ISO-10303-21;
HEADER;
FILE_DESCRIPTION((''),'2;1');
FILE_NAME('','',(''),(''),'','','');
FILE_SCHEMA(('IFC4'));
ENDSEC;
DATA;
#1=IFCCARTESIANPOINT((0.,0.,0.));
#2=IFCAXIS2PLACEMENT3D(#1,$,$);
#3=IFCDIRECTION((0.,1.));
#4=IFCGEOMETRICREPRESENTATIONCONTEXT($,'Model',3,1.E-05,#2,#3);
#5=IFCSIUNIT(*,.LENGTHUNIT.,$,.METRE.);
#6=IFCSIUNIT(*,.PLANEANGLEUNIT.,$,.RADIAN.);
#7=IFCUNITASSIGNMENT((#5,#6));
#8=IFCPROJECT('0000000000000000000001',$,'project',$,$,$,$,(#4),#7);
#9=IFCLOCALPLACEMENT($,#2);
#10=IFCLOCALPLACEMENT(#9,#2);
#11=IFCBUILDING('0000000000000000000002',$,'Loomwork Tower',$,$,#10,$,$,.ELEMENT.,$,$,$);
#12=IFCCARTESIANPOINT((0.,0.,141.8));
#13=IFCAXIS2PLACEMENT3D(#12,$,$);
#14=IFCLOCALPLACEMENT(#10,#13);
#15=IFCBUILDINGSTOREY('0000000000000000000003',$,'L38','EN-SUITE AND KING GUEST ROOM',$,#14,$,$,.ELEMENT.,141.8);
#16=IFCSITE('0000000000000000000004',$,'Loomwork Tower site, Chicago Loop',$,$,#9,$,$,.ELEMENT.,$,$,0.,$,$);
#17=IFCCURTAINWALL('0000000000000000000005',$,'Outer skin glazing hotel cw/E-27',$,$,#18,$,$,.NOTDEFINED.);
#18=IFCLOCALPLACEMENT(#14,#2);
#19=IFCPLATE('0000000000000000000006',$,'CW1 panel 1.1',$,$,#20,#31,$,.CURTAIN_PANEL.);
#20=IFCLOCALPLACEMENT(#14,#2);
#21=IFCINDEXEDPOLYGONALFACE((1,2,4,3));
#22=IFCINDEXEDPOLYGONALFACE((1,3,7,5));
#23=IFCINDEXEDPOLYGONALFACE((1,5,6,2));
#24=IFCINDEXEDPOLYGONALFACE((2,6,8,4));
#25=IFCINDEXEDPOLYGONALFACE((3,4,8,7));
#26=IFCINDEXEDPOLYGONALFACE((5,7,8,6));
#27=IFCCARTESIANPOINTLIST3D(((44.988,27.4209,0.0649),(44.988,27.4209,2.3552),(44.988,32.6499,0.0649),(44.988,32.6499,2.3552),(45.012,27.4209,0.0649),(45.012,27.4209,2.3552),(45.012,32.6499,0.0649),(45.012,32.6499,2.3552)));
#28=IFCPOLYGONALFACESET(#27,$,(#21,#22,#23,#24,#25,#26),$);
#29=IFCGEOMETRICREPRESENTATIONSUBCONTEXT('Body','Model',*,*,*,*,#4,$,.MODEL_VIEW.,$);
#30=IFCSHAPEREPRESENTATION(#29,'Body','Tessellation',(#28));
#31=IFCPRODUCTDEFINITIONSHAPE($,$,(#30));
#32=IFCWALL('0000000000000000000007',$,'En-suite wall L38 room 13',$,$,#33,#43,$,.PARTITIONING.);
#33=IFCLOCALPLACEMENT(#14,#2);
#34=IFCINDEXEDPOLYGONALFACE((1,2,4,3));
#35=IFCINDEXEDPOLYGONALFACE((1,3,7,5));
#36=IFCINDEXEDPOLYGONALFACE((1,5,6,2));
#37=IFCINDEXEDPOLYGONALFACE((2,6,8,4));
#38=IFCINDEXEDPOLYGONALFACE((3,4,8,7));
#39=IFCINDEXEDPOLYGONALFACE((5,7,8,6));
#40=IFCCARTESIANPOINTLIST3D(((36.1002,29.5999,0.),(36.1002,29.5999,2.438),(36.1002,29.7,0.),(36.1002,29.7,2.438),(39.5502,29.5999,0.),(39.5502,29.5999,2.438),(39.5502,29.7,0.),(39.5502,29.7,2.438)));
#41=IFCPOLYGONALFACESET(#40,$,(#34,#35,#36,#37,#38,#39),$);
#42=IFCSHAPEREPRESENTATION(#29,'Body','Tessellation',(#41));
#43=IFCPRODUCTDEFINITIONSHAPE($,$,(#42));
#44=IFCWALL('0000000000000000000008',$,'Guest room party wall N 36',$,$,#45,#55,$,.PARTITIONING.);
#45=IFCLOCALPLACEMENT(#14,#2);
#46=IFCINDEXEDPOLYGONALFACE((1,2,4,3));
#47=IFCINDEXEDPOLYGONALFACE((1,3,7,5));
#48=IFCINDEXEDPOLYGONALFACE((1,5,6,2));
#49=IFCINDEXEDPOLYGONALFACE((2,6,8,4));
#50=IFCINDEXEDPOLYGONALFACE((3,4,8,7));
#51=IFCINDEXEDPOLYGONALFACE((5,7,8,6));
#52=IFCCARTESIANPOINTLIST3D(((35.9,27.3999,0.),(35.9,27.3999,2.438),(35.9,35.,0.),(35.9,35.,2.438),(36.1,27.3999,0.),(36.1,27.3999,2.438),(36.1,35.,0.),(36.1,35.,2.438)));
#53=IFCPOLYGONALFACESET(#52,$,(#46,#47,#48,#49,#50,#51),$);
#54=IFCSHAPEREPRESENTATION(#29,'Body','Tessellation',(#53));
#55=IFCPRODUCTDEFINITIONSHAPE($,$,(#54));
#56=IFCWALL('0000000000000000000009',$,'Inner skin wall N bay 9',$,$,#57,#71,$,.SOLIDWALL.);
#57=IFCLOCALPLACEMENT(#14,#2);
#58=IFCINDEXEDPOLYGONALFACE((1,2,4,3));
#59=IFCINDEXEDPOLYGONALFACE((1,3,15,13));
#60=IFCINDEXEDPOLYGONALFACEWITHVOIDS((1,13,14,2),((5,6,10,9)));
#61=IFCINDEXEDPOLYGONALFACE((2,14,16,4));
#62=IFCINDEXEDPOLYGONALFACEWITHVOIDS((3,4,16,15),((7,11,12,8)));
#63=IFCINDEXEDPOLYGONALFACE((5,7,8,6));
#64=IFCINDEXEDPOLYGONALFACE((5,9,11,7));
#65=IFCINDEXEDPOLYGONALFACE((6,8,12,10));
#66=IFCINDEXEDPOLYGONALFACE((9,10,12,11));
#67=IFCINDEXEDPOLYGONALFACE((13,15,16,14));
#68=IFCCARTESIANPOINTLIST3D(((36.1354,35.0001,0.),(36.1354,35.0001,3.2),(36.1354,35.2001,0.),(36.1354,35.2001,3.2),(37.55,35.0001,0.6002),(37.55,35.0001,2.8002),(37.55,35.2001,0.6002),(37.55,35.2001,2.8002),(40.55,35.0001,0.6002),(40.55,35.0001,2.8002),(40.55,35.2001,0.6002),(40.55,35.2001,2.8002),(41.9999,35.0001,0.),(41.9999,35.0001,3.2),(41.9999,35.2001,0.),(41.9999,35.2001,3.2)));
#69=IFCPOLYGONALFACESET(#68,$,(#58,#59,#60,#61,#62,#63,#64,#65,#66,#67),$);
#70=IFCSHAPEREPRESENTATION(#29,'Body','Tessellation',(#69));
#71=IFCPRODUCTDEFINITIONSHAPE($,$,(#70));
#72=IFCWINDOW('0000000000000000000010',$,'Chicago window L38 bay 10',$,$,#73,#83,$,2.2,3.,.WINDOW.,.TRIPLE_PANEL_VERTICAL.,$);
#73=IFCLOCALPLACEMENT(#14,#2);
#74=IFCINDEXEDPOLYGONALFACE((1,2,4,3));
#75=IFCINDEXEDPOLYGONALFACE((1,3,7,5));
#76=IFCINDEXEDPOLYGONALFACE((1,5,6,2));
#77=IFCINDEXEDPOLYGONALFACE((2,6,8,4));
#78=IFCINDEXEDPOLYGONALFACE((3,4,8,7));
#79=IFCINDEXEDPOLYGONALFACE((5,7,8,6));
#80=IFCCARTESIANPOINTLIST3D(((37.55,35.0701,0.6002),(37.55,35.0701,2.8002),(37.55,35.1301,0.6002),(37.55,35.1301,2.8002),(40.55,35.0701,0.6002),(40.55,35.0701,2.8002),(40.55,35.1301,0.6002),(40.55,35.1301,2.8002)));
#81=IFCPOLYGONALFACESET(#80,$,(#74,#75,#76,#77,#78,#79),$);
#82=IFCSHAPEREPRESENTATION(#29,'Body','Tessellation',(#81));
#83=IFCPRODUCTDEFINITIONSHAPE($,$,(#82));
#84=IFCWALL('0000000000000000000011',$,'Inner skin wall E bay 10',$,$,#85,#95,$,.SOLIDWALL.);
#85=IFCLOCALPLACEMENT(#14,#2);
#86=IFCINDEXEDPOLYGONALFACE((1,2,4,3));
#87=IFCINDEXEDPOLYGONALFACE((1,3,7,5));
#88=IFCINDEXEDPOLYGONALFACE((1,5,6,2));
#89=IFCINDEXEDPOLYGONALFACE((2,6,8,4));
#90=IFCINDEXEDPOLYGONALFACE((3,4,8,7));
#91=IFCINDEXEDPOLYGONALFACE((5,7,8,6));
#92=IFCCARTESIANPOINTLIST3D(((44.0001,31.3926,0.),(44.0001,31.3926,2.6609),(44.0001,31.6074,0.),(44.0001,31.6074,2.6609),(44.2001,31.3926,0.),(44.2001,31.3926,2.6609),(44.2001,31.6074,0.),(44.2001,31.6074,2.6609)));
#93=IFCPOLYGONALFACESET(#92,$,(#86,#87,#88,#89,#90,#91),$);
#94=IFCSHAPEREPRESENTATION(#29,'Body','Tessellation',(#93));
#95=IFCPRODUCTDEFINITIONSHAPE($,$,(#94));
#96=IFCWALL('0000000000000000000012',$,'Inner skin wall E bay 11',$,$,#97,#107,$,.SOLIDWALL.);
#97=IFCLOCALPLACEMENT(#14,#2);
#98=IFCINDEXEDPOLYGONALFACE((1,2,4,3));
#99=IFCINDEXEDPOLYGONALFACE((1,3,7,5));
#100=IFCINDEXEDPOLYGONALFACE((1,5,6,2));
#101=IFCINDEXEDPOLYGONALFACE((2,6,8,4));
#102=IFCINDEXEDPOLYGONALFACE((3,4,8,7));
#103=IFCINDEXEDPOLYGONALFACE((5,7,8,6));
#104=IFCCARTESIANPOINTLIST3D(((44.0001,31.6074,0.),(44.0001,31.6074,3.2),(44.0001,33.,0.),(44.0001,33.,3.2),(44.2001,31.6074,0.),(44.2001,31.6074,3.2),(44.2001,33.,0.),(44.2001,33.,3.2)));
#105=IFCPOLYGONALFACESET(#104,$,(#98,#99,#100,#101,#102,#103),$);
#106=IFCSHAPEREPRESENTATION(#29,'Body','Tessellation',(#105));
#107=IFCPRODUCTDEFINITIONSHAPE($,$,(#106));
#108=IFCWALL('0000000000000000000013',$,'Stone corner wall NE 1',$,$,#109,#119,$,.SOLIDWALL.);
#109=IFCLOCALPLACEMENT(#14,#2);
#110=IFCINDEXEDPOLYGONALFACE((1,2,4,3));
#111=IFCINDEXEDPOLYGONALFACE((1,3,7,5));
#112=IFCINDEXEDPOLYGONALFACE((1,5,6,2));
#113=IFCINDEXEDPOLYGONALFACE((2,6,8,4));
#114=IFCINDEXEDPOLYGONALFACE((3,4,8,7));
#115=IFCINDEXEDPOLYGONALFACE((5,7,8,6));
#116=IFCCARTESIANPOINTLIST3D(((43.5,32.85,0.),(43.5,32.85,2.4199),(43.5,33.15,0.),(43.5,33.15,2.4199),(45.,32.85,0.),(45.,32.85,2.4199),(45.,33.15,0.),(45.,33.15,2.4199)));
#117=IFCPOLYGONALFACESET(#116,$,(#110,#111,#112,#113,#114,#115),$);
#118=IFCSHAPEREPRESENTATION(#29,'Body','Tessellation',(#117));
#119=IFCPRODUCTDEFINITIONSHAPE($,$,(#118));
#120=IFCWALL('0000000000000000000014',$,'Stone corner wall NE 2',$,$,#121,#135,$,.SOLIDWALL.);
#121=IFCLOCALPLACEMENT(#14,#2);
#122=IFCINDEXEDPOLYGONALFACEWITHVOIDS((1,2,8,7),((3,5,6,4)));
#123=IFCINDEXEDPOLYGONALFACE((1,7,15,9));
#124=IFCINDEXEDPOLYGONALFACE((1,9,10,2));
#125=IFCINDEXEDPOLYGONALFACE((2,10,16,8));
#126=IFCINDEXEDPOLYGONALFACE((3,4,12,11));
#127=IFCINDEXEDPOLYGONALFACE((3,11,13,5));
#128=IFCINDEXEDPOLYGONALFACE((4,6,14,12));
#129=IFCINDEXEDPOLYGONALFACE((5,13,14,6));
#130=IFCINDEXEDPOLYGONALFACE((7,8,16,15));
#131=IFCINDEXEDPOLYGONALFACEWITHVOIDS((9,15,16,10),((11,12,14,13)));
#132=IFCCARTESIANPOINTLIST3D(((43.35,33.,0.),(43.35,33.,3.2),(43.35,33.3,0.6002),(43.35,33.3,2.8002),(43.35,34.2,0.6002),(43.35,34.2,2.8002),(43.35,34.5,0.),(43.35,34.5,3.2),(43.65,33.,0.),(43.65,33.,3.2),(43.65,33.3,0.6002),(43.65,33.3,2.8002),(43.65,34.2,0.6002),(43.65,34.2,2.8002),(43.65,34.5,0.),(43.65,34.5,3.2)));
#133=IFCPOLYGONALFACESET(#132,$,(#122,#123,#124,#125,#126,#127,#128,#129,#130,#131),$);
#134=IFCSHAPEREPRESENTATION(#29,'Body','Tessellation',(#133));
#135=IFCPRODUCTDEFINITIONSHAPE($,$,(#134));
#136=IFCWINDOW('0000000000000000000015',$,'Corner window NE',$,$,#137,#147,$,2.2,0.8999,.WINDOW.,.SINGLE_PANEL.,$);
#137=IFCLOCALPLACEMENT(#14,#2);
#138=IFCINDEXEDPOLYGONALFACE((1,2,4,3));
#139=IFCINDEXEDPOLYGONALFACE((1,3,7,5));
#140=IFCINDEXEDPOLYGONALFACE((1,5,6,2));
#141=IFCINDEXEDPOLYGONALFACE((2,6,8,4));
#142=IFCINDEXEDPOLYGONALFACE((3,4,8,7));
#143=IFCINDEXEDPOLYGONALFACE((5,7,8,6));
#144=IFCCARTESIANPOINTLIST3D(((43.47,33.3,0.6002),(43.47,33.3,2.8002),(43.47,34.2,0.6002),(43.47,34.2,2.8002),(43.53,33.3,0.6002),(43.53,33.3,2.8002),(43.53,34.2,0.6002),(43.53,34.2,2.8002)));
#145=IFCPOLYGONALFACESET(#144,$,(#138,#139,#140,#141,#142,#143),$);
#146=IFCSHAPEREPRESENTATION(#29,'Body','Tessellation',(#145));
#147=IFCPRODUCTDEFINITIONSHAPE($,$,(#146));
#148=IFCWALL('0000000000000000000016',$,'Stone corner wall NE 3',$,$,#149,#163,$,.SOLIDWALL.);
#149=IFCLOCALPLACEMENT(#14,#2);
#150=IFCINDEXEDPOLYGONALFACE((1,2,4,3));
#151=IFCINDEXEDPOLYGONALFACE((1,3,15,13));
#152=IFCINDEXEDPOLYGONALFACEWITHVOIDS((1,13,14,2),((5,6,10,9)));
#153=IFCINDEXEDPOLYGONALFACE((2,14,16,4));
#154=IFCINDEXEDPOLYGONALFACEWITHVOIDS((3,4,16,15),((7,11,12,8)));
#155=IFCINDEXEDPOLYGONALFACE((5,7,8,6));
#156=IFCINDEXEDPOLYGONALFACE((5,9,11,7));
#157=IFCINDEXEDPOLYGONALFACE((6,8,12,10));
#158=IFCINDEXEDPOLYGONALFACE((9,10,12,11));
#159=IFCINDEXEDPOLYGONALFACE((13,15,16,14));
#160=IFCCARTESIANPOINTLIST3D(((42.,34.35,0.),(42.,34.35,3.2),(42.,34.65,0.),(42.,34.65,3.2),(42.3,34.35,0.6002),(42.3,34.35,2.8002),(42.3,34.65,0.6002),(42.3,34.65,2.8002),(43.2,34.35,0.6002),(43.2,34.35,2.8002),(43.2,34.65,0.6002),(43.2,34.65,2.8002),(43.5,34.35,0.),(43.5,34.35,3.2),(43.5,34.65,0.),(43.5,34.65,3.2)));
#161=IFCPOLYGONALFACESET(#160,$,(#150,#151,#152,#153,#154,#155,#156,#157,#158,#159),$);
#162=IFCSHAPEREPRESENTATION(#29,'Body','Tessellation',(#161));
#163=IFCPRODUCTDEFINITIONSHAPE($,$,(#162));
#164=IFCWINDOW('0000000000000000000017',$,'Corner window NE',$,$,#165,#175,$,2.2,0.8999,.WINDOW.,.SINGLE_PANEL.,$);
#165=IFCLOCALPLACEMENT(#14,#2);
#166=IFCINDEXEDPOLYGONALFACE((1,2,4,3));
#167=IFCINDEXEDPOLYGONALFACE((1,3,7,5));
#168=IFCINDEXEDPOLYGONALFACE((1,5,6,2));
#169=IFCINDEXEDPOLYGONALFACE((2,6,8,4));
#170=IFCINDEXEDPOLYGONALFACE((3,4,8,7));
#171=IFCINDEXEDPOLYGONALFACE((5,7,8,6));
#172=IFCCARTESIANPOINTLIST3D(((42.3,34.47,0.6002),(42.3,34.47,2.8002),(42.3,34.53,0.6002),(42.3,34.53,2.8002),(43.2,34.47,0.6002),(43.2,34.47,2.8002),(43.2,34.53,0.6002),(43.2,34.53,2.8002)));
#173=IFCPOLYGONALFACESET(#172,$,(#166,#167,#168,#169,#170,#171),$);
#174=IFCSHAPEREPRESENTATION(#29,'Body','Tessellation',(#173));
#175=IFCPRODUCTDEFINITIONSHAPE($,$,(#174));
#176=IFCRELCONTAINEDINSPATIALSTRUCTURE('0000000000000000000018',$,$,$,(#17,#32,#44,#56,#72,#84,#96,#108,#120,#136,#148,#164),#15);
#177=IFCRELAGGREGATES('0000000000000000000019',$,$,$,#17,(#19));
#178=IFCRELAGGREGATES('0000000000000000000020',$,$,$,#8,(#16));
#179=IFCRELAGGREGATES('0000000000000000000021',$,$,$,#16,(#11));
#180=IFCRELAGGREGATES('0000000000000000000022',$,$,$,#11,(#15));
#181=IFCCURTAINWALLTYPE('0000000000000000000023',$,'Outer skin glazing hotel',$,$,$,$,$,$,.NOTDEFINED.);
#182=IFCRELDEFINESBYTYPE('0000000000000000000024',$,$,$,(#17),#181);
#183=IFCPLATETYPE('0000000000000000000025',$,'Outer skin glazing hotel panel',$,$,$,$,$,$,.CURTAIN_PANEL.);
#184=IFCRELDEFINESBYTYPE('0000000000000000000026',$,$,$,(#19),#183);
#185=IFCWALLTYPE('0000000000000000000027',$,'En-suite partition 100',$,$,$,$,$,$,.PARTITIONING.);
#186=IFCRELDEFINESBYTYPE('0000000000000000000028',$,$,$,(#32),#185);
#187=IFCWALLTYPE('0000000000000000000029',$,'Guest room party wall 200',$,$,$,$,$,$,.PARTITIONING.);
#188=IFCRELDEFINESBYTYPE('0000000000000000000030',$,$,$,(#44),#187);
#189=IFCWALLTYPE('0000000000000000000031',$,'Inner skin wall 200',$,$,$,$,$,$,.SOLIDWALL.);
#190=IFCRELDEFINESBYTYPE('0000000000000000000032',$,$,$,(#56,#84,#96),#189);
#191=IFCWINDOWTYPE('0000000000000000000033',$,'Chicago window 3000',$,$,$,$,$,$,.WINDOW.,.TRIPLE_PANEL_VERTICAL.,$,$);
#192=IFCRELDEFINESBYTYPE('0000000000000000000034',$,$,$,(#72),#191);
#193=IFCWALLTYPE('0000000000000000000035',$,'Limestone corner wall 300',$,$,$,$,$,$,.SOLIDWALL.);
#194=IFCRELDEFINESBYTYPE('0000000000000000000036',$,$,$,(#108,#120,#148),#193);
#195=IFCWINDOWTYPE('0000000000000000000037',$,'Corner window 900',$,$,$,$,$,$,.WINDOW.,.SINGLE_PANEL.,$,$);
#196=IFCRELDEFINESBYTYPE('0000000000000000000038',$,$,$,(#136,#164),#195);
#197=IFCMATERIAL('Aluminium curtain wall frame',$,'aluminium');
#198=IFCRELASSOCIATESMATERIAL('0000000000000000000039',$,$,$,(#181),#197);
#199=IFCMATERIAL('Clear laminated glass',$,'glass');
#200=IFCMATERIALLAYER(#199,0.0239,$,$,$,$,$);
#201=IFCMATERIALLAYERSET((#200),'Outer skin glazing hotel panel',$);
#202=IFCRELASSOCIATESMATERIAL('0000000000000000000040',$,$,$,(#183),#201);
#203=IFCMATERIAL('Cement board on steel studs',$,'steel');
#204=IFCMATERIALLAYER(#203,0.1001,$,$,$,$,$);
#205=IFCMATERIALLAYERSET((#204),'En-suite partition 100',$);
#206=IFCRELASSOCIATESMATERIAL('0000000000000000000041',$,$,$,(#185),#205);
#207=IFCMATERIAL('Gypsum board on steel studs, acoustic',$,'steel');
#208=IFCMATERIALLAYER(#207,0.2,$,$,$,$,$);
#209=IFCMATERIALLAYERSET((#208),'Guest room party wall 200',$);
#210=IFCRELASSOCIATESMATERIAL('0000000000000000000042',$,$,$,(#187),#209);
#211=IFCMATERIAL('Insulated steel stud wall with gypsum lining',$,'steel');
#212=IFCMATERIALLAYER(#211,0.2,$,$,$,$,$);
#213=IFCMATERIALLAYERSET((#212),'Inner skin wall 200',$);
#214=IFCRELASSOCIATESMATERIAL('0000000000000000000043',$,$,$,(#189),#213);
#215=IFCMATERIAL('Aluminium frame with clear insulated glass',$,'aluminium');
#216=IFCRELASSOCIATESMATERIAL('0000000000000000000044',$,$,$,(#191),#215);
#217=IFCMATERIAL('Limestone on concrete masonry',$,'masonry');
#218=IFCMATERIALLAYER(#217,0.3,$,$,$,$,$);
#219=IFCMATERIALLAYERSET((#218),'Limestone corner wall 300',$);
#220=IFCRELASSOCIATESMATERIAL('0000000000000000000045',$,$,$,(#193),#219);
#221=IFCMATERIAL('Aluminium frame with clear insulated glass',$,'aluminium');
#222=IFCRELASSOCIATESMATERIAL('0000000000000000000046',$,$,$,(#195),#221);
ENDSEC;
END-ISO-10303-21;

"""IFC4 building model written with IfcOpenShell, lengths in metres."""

from ifc_helpers import new_model, si_unit, direction, frame, frame_2d, origin, origin_2d, place, context, subcontext, project, spatial, rectangle, extrude, material, layer, layer_set, type_object, element, fill, aggregate, save


model = new_model("IFC4")

# Units and contexts
model_context = context("Model", 3, precision=1e-05, world=origin(), true_north=direction((0.0, 1.0)))
body_context = subcontext(model_context, "Body", "Model", "MODEL_VIEW")
ifc_project = project(units=[si_unit("LENGTHUNIT", "METRE"), si_unit("PLANEANGLEUNIT", "RADIAN")], contexts=[model_context])

# Site, building, storey
site_placement = place(None, origin())
site = spatial("IfcSite", under=ifc_project, at=site_placement, Name="Loomwork Tower site, Chicago Loop", CompositionType="ELEMENT", RefElevation=0.0)
building_placement = place(site_placement, origin())
building = spatial("IfcBuilding", under=site, at=building_placement, Name="Loomwork Tower", CompositionType="ELEMENT")
storey_placement = place(building_placement, frame((0.0, 0.0, 141.8)))
storey = spatial("IfcBuildingStorey", under=building, at=storey_placement, Name="L38", Description="EN-SUITE AND KING GUEST ROOM", CompositionType="ELEMENT", Elevation=141.8)

# Shared definitions
ifc_material_1 = material(Name="Aluminium curtain wall frame", Category="aluminium")
curtain_wall_type = type_object("IfcCurtainWallType", Name="Outer skin glazing hotel", PredefinedType="NOTDEFINED", material=ifc_material_1)

# Curtain wall
curtain_wall_1_placement = place(storey_placement, origin())
curtain_wall_1 = element("IfcCurtainWall", 1, at=curtain_wall_1_placement, inside=storey, type_object=curtain_wall_type, Name="Outer skin glazing hotel cw/E-27", PredefinedType="NOTDEFINED")

# Plate
ifc_material_2 = material(Name="Clear laminated glass", Category="glass")
ifc_layer_1 = layer(ifc_material_2, 0.0239)
ifc_layer_set_1 = layer_set([ifc_layer_1], Name="Outer skin glazing hotel panel")
plate_type = type_object("IfcPlateType", Name="Outer skin glazing hotel panel", PredefinedType="CURTAIN_PANEL", material=ifc_layer_set_1)
plate_1_placement = place(storey_placement, frame((45.0, 30.0354, 0.0649), z_axis=(0.0, 0.0, 1.0), x_axis=(0.0, 1.0, 0.0)))
plate_1 = element("IfcPlate", 2, at=plate_1_placement, type_object=plate_type, Name="CW1 panel 1.1", PredefinedType="CURTAIN_PANEL", context=body_context, shape_type="SweptSolid", body=[
    extrude(rectangle(XDim=5.229, YDim=0.0239, at=origin_2d()), origin(), (0.0, 0.0, 1.0), 2.2903),
])
aggregate(curtain_wall_1, [plate_1])

# Walls
ifc_material_3 = material(Name="Cement board on steel studs", Category="steel")
ifc_layer_2 = layer(ifc_material_3, 0.1001)
ifc_layer_set_2 = layer_set([ifc_layer_2], Name="En-suite partition 100")
wall_type_1 = type_object("IfcWallType", Name="En-suite partition 100", PredefinedType="PARTITIONING", material=ifc_layer_set_2)
wall_1_placement = place(storey_placement, frame((36.1001, 29.6499, 0.0), z_axis=(0.0, 0.0, 1.0), x_axis=(1.0, 0.0, 0.0)))
element("IfcWall", 3, at=wall_1_placement, inside=storey, type_object=wall_type_1, Name="En-suite wall L38 room 13", PredefinedType="PARTITIONING", context=body_context, shape_type="SweptSolid", body=[
    extrude(rectangle(XDim=3.45, YDim=0.1001, at=frame_2d((1.7251, 0.0))), origin(), (0.0, 0.0, 1.0), 2.438),
])
ifc_material_4 = material(Name="Gypsum board on steel studs, acoustic", Category="steel")
ifc_layer_3 = layer(ifc_material_4, 0.2)
ifc_layer_set_3 = layer_set([ifc_layer_3], Name="Guest room party wall 200")
wall_type_2 = type_object("IfcWallType", Name="Guest room party wall 200", PredefinedType="PARTITIONING", material=ifc_layer_set_3)
wall_2_placement = place(storey_placement, frame((36.0, 27.3999, 0.0), z_axis=(0.0, 0.0, 1.0), x_axis=(0.0, 1.0, 0.0)))
element("IfcWall", 4, at=wall_2_placement, inside=storey, type_object=wall_type_2, Name="Guest room party wall N 36", PredefinedType="PARTITIONING", context=body_context, shape_type="SweptSolid", body=[
    extrude(rectangle(XDim=7.6001, YDim=0.2, at=frame_2d((3.8, 0.0))), origin(), (0.0, 0.0, 1.0), 2.438),
])

# Wall, opening, window
ifc_material_5 = material(Name="Insulated steel stud wall with gypsum lining", Category="steel")
ifc_layer_4 = layer(ifc_material_5, 0.2)
ifc_layer_set_4 = layer_set([ifc_layer_4], Name="Inner skin wall 200")
wall_type_3 = type_object("IfcWallType", Name="Inner skin wall 200", PredefinedType="SOLIDWALL", material=ifc_layer_set_4)
wall_3_placement = place(storey_placement, frame((36.1355, 35.1001, 0.0), z_axis=(0.0, 0.0, 1.0), x_axis=(1.0, 0.0, 0.0)))
wall_3 = element("IfcWall", 5, at=wall_3_placement, inside=storey, type_object=wall_type_3, Name="Inner skin wall N bay 9", PredefinedType="SOLIDWALL", context=body_context, shape_type="SweptSolid", body=[
    extrude(rectangle(XDim=5.8645, YDim=0.2, at=frame_2d((2.9321, 0.0))), origin(), (0.0, 0.0, 1.0), 3.2),
])
opening_1_placement = place(wall_3_placement, frame((1.4146, 0.0, 0.6001)))
opening_1 = element("IfcOpeningElement", 6, at=opening_1_placement, cuts=wall_3, PredefinedType="OPENING", context=body_context, shape_type="SweptSolid", body=[
    extrude(rectangle(XDim=3.0, YDim=2.2, at=frame_2d((1.5, 1.1001))), frame((0.0, 0.1099, 0.0), z_axis=(0.0, -1.0, 0.0), x_axis=(1.0, 0.0, 0.0)), (0.0, 0.0, 1.0), 0.22),
])
ifc_material_6 = material(Name="Aluminium frame with clear insulated glass", Category="aluminium")
window_type_1 = type_object("IfcWindowType", Name="Chicago window 3000", PartitioningType="TRIPLE_PANEL_VERTICAL", PredefinedType="WINDOW", material=ifc_material_6)
window_1_placement = place(opening_1_placement, origin())
window_1 = element("IfcWindow", 7, at=window_1_placement, inside=storey, type_object=window_type_1, Name="Chicago window L38 bay 10", OverallHeight=2.2, OverallWidth=3.0, PartitioningType="TRIPLE_PANEL_VERTICAL", PredefinedType="WINDOW", context=body_context, shape_type="SweptSolid", body=[
    extrude(rectangle(XDim=3.0, YDim=2.2, at=frame_2d((1.5, 1.1001))), frame((0.0, 0.03, 0.0), z_axis=(0.0, -1.0, 0.0), x_axis=(1.0, 0.0, 0.0)), (0.0, 0.0, 1.0), 0.0601),
])
fill(opening_1, window_1)

# Walls
wall_4_placement = place(storey_placement, frame((44.1001, 31.3926, 0.0), z_axis=(0.0, 0.0, 1.0), x_axis=(0.0, 1.0, 0.0)))
element("IfcWall", 8, at=wall_4_placement, inside=storey, type_object=wall_type_3, Name="Inner skin wall E bay 10", PredefinedType="SOLIDWALL", context=body_context, shape_type="SweptSolid", body=[
    extrude(rectangle(XDim=0.2148, YDim=0.2, at=frame_2d((0.1074, 0.0))), origin(), (0.0, 0.0, 1.0), 2.6609),
])
wall_5_placement = place(storey_placement, frame((44.1001, 31.6074, 0.0), z_axis=(0.0, 0.0, 1.0), x_axis=(0.0, 1.0, 0.0)))
element("IfcWall", 9, at=wall_5_placement, inside=storey, type_object=wall_type_3, Name="Inner skin wall E bay 11", PredefinedType="SOLIDWALL", context=body_context, shape_type="SweptSolid", body=[
    extrude(rectangle(XDim=1.3926, YDim=0.2, at=frame_2d((0.6963, 0.0))), origin(), (0.0, 0.0, 1.0), 3.2),
])
ifc_material_7 = material(Name="Limestone on concrete masonry", Category="masonry")
ifc_layer_5 = layer(ifc_material_7, 0.3)
ifc_layer_set_5 = layer_set([ifc_layer_5], Name="Limestone corner wall 300")
wall_type_4 = type_object("IfcWallType", Name="Limestone corner wall 300", PredefinedType="SOLIDWALL", material=ifc_layer_set_5)
wall_6_placement = place(storey_placement, frame((45.0, 33.0, 0.0), z_axis=(0.0, 0.0, 1.0), x_axis=(-1.0, 0.0, 0.0)))
element("IfcWall", 10, at=wall_6_placement, inside=storey, type_object=wall_type_4, Name="Stone corner wall NE 1", PredefinedType="SOLIDWALL", context=body_context, shape_type="SweptSolid", body=[
    extrude(rectangle(XDim=1.5, YDim=0.3, at=frame_2d((0.75, 0.0))), origin(), (0.0, 0.0, 1.0), 2.4199),
])

# Walls, openings, windows
wall_7_placement = place(storey_placement, frame((43.5, 33.0, 0.0), z_axis=(0.0, 0.0, 1.0), x_axis=(0.0, 1.0, 0.0)))
wall_7 = element("IfcWall", 11, at=wall_7_placement, inside=storey, type_object=wall_type_4, Name="Stone corner wall NE 2", PredefinedType="SOLIDWALL", context=body_context, shape_type="SweptSolid", body=[
    extrude(rectangle(XDim=1.5, YDim=0.3, at=frame_2d((0.75, 0.0))), origin(), (0.0, 0.0, 1.0), 3.2),
])
opening_2_placement = place(wall_7_placement, frame((0.3, 0.0, 0.6001)))
opening_2 = element("IfcOpeningElement", 12, at=opening_2_placement, cuts=wall_7, PredefinedType="OPENING", context=body_context, shape_type="SweptSolid", body=[
    extrude(rectangle(XDim=0.8999, YDim=2.2, at=frame_2d((0.45, 1.1001))), frame((0.0, 0.1599, 0.0), z_axis=(0.0, -1.0, 0.0), x_axis=(1.0, 0.0, 0.0)), (0.0, 0.0, 1.0), 0.3201),
])
ifc_material_8 = material(Name="Aluminium frame with clear insulated glass", Category="aluminium")
window_type_2 = type_object("IfcWindowType", Name="Corner window 900", PartitioningType="SINGLE_PANEL", PredefinedType="WINDOW", material=ifc_material_8)
window_2_placement = place(opening_2_placement, origin())
window_2 = element("IfcWindow", 13, at=window_2_placement, inside=storey, type_object=window_type_2, Name="Corner window NE", OverallHeight=2.2, OverallWidth=0.8999, PartitioningType="SINGLE_PANEL", PredefinedType="WINDOW", context=body_context, shape_type="SweptSolid", body=[
    extrude(rectangle(XDim=0.8999, YDim=2.2, at=frame_2d((0.45, 1.1001))), frame((0.0, 0.03, 0.0), z_axis=(0.0, -1.0, 0.0), x_axis=(1.0, 0.0, 0.0)), (0.0, 0.0, 1.0), 0.0601),
])
fill(opening_2, window_2)
wall_8_placement = place(storey_placement, frame((43.5, 34.5, 0.0), z_axis=(0.0, 0.0, 1.0), x_axis=(-1.0, 0.0, 0.0)))
wall_8 = element("IfcWall", 14, at=wall_8_placement, inside=storey, type_object=wall_type_4, Name="Stone corner wall NE 3", PredefinedType="SOLIDWALL", context=body_context, shape_type="SweptSolid", body=[
    extrude(rectangle(XDim=1.5, YDim=0.3, at=frame_2d((0.75, 0.0))), origin(), (0.0, 0.0, 1.0), 3.2),
])
opening_3_placement = place(wall_8_placement, frame((0.3, 0.0, 0.6001)))
opening_3 = element("IfcOpeningElement", 15, at=opening_3_placement, cuts=wall_8, PredefinedType="OPENING", context=body_context, shape_type="SweptSolid", body=[
    extrude(rectangle(XDim=0.8999, YDim=2.2, at=frame_2d((0.45, 1.1001))), frame((0.0, 0.1599, 0.0), z_axis=(0.0, -1.0, 0.0), x_axis=(1.0, 0.0, 0.0)), (0.0, 0.0, 1.0), 0.3201),
])
window_3_placement = place(opening_3_placement, origin())
window_3 = element("IfcWindow", 16, at=window_3_placement, inside=storey, type_object=window_type_2, Name="Corner window NE", OverallHeight=2.2, OverallWidth=0.8999, PartitioningType="SINGLE_PANEL", PredefinedType="WINDOW", context=body_context, shape_type="SweptSolid", body=[
    extrude(rectangle(XDim=0.8999, YDim=2.2, at=frame_2d((0.45, 1.1001))), frame((0.0, 0.03, 0.0), z_axis=(0.0, -1.0, 0.0), x_axis=(1.0, 0.0, 0.0)), (0.0, 0.0, 1.0), 0.0601),
])
fill(opening_3, window_3)

save(model, "model.ifc")
